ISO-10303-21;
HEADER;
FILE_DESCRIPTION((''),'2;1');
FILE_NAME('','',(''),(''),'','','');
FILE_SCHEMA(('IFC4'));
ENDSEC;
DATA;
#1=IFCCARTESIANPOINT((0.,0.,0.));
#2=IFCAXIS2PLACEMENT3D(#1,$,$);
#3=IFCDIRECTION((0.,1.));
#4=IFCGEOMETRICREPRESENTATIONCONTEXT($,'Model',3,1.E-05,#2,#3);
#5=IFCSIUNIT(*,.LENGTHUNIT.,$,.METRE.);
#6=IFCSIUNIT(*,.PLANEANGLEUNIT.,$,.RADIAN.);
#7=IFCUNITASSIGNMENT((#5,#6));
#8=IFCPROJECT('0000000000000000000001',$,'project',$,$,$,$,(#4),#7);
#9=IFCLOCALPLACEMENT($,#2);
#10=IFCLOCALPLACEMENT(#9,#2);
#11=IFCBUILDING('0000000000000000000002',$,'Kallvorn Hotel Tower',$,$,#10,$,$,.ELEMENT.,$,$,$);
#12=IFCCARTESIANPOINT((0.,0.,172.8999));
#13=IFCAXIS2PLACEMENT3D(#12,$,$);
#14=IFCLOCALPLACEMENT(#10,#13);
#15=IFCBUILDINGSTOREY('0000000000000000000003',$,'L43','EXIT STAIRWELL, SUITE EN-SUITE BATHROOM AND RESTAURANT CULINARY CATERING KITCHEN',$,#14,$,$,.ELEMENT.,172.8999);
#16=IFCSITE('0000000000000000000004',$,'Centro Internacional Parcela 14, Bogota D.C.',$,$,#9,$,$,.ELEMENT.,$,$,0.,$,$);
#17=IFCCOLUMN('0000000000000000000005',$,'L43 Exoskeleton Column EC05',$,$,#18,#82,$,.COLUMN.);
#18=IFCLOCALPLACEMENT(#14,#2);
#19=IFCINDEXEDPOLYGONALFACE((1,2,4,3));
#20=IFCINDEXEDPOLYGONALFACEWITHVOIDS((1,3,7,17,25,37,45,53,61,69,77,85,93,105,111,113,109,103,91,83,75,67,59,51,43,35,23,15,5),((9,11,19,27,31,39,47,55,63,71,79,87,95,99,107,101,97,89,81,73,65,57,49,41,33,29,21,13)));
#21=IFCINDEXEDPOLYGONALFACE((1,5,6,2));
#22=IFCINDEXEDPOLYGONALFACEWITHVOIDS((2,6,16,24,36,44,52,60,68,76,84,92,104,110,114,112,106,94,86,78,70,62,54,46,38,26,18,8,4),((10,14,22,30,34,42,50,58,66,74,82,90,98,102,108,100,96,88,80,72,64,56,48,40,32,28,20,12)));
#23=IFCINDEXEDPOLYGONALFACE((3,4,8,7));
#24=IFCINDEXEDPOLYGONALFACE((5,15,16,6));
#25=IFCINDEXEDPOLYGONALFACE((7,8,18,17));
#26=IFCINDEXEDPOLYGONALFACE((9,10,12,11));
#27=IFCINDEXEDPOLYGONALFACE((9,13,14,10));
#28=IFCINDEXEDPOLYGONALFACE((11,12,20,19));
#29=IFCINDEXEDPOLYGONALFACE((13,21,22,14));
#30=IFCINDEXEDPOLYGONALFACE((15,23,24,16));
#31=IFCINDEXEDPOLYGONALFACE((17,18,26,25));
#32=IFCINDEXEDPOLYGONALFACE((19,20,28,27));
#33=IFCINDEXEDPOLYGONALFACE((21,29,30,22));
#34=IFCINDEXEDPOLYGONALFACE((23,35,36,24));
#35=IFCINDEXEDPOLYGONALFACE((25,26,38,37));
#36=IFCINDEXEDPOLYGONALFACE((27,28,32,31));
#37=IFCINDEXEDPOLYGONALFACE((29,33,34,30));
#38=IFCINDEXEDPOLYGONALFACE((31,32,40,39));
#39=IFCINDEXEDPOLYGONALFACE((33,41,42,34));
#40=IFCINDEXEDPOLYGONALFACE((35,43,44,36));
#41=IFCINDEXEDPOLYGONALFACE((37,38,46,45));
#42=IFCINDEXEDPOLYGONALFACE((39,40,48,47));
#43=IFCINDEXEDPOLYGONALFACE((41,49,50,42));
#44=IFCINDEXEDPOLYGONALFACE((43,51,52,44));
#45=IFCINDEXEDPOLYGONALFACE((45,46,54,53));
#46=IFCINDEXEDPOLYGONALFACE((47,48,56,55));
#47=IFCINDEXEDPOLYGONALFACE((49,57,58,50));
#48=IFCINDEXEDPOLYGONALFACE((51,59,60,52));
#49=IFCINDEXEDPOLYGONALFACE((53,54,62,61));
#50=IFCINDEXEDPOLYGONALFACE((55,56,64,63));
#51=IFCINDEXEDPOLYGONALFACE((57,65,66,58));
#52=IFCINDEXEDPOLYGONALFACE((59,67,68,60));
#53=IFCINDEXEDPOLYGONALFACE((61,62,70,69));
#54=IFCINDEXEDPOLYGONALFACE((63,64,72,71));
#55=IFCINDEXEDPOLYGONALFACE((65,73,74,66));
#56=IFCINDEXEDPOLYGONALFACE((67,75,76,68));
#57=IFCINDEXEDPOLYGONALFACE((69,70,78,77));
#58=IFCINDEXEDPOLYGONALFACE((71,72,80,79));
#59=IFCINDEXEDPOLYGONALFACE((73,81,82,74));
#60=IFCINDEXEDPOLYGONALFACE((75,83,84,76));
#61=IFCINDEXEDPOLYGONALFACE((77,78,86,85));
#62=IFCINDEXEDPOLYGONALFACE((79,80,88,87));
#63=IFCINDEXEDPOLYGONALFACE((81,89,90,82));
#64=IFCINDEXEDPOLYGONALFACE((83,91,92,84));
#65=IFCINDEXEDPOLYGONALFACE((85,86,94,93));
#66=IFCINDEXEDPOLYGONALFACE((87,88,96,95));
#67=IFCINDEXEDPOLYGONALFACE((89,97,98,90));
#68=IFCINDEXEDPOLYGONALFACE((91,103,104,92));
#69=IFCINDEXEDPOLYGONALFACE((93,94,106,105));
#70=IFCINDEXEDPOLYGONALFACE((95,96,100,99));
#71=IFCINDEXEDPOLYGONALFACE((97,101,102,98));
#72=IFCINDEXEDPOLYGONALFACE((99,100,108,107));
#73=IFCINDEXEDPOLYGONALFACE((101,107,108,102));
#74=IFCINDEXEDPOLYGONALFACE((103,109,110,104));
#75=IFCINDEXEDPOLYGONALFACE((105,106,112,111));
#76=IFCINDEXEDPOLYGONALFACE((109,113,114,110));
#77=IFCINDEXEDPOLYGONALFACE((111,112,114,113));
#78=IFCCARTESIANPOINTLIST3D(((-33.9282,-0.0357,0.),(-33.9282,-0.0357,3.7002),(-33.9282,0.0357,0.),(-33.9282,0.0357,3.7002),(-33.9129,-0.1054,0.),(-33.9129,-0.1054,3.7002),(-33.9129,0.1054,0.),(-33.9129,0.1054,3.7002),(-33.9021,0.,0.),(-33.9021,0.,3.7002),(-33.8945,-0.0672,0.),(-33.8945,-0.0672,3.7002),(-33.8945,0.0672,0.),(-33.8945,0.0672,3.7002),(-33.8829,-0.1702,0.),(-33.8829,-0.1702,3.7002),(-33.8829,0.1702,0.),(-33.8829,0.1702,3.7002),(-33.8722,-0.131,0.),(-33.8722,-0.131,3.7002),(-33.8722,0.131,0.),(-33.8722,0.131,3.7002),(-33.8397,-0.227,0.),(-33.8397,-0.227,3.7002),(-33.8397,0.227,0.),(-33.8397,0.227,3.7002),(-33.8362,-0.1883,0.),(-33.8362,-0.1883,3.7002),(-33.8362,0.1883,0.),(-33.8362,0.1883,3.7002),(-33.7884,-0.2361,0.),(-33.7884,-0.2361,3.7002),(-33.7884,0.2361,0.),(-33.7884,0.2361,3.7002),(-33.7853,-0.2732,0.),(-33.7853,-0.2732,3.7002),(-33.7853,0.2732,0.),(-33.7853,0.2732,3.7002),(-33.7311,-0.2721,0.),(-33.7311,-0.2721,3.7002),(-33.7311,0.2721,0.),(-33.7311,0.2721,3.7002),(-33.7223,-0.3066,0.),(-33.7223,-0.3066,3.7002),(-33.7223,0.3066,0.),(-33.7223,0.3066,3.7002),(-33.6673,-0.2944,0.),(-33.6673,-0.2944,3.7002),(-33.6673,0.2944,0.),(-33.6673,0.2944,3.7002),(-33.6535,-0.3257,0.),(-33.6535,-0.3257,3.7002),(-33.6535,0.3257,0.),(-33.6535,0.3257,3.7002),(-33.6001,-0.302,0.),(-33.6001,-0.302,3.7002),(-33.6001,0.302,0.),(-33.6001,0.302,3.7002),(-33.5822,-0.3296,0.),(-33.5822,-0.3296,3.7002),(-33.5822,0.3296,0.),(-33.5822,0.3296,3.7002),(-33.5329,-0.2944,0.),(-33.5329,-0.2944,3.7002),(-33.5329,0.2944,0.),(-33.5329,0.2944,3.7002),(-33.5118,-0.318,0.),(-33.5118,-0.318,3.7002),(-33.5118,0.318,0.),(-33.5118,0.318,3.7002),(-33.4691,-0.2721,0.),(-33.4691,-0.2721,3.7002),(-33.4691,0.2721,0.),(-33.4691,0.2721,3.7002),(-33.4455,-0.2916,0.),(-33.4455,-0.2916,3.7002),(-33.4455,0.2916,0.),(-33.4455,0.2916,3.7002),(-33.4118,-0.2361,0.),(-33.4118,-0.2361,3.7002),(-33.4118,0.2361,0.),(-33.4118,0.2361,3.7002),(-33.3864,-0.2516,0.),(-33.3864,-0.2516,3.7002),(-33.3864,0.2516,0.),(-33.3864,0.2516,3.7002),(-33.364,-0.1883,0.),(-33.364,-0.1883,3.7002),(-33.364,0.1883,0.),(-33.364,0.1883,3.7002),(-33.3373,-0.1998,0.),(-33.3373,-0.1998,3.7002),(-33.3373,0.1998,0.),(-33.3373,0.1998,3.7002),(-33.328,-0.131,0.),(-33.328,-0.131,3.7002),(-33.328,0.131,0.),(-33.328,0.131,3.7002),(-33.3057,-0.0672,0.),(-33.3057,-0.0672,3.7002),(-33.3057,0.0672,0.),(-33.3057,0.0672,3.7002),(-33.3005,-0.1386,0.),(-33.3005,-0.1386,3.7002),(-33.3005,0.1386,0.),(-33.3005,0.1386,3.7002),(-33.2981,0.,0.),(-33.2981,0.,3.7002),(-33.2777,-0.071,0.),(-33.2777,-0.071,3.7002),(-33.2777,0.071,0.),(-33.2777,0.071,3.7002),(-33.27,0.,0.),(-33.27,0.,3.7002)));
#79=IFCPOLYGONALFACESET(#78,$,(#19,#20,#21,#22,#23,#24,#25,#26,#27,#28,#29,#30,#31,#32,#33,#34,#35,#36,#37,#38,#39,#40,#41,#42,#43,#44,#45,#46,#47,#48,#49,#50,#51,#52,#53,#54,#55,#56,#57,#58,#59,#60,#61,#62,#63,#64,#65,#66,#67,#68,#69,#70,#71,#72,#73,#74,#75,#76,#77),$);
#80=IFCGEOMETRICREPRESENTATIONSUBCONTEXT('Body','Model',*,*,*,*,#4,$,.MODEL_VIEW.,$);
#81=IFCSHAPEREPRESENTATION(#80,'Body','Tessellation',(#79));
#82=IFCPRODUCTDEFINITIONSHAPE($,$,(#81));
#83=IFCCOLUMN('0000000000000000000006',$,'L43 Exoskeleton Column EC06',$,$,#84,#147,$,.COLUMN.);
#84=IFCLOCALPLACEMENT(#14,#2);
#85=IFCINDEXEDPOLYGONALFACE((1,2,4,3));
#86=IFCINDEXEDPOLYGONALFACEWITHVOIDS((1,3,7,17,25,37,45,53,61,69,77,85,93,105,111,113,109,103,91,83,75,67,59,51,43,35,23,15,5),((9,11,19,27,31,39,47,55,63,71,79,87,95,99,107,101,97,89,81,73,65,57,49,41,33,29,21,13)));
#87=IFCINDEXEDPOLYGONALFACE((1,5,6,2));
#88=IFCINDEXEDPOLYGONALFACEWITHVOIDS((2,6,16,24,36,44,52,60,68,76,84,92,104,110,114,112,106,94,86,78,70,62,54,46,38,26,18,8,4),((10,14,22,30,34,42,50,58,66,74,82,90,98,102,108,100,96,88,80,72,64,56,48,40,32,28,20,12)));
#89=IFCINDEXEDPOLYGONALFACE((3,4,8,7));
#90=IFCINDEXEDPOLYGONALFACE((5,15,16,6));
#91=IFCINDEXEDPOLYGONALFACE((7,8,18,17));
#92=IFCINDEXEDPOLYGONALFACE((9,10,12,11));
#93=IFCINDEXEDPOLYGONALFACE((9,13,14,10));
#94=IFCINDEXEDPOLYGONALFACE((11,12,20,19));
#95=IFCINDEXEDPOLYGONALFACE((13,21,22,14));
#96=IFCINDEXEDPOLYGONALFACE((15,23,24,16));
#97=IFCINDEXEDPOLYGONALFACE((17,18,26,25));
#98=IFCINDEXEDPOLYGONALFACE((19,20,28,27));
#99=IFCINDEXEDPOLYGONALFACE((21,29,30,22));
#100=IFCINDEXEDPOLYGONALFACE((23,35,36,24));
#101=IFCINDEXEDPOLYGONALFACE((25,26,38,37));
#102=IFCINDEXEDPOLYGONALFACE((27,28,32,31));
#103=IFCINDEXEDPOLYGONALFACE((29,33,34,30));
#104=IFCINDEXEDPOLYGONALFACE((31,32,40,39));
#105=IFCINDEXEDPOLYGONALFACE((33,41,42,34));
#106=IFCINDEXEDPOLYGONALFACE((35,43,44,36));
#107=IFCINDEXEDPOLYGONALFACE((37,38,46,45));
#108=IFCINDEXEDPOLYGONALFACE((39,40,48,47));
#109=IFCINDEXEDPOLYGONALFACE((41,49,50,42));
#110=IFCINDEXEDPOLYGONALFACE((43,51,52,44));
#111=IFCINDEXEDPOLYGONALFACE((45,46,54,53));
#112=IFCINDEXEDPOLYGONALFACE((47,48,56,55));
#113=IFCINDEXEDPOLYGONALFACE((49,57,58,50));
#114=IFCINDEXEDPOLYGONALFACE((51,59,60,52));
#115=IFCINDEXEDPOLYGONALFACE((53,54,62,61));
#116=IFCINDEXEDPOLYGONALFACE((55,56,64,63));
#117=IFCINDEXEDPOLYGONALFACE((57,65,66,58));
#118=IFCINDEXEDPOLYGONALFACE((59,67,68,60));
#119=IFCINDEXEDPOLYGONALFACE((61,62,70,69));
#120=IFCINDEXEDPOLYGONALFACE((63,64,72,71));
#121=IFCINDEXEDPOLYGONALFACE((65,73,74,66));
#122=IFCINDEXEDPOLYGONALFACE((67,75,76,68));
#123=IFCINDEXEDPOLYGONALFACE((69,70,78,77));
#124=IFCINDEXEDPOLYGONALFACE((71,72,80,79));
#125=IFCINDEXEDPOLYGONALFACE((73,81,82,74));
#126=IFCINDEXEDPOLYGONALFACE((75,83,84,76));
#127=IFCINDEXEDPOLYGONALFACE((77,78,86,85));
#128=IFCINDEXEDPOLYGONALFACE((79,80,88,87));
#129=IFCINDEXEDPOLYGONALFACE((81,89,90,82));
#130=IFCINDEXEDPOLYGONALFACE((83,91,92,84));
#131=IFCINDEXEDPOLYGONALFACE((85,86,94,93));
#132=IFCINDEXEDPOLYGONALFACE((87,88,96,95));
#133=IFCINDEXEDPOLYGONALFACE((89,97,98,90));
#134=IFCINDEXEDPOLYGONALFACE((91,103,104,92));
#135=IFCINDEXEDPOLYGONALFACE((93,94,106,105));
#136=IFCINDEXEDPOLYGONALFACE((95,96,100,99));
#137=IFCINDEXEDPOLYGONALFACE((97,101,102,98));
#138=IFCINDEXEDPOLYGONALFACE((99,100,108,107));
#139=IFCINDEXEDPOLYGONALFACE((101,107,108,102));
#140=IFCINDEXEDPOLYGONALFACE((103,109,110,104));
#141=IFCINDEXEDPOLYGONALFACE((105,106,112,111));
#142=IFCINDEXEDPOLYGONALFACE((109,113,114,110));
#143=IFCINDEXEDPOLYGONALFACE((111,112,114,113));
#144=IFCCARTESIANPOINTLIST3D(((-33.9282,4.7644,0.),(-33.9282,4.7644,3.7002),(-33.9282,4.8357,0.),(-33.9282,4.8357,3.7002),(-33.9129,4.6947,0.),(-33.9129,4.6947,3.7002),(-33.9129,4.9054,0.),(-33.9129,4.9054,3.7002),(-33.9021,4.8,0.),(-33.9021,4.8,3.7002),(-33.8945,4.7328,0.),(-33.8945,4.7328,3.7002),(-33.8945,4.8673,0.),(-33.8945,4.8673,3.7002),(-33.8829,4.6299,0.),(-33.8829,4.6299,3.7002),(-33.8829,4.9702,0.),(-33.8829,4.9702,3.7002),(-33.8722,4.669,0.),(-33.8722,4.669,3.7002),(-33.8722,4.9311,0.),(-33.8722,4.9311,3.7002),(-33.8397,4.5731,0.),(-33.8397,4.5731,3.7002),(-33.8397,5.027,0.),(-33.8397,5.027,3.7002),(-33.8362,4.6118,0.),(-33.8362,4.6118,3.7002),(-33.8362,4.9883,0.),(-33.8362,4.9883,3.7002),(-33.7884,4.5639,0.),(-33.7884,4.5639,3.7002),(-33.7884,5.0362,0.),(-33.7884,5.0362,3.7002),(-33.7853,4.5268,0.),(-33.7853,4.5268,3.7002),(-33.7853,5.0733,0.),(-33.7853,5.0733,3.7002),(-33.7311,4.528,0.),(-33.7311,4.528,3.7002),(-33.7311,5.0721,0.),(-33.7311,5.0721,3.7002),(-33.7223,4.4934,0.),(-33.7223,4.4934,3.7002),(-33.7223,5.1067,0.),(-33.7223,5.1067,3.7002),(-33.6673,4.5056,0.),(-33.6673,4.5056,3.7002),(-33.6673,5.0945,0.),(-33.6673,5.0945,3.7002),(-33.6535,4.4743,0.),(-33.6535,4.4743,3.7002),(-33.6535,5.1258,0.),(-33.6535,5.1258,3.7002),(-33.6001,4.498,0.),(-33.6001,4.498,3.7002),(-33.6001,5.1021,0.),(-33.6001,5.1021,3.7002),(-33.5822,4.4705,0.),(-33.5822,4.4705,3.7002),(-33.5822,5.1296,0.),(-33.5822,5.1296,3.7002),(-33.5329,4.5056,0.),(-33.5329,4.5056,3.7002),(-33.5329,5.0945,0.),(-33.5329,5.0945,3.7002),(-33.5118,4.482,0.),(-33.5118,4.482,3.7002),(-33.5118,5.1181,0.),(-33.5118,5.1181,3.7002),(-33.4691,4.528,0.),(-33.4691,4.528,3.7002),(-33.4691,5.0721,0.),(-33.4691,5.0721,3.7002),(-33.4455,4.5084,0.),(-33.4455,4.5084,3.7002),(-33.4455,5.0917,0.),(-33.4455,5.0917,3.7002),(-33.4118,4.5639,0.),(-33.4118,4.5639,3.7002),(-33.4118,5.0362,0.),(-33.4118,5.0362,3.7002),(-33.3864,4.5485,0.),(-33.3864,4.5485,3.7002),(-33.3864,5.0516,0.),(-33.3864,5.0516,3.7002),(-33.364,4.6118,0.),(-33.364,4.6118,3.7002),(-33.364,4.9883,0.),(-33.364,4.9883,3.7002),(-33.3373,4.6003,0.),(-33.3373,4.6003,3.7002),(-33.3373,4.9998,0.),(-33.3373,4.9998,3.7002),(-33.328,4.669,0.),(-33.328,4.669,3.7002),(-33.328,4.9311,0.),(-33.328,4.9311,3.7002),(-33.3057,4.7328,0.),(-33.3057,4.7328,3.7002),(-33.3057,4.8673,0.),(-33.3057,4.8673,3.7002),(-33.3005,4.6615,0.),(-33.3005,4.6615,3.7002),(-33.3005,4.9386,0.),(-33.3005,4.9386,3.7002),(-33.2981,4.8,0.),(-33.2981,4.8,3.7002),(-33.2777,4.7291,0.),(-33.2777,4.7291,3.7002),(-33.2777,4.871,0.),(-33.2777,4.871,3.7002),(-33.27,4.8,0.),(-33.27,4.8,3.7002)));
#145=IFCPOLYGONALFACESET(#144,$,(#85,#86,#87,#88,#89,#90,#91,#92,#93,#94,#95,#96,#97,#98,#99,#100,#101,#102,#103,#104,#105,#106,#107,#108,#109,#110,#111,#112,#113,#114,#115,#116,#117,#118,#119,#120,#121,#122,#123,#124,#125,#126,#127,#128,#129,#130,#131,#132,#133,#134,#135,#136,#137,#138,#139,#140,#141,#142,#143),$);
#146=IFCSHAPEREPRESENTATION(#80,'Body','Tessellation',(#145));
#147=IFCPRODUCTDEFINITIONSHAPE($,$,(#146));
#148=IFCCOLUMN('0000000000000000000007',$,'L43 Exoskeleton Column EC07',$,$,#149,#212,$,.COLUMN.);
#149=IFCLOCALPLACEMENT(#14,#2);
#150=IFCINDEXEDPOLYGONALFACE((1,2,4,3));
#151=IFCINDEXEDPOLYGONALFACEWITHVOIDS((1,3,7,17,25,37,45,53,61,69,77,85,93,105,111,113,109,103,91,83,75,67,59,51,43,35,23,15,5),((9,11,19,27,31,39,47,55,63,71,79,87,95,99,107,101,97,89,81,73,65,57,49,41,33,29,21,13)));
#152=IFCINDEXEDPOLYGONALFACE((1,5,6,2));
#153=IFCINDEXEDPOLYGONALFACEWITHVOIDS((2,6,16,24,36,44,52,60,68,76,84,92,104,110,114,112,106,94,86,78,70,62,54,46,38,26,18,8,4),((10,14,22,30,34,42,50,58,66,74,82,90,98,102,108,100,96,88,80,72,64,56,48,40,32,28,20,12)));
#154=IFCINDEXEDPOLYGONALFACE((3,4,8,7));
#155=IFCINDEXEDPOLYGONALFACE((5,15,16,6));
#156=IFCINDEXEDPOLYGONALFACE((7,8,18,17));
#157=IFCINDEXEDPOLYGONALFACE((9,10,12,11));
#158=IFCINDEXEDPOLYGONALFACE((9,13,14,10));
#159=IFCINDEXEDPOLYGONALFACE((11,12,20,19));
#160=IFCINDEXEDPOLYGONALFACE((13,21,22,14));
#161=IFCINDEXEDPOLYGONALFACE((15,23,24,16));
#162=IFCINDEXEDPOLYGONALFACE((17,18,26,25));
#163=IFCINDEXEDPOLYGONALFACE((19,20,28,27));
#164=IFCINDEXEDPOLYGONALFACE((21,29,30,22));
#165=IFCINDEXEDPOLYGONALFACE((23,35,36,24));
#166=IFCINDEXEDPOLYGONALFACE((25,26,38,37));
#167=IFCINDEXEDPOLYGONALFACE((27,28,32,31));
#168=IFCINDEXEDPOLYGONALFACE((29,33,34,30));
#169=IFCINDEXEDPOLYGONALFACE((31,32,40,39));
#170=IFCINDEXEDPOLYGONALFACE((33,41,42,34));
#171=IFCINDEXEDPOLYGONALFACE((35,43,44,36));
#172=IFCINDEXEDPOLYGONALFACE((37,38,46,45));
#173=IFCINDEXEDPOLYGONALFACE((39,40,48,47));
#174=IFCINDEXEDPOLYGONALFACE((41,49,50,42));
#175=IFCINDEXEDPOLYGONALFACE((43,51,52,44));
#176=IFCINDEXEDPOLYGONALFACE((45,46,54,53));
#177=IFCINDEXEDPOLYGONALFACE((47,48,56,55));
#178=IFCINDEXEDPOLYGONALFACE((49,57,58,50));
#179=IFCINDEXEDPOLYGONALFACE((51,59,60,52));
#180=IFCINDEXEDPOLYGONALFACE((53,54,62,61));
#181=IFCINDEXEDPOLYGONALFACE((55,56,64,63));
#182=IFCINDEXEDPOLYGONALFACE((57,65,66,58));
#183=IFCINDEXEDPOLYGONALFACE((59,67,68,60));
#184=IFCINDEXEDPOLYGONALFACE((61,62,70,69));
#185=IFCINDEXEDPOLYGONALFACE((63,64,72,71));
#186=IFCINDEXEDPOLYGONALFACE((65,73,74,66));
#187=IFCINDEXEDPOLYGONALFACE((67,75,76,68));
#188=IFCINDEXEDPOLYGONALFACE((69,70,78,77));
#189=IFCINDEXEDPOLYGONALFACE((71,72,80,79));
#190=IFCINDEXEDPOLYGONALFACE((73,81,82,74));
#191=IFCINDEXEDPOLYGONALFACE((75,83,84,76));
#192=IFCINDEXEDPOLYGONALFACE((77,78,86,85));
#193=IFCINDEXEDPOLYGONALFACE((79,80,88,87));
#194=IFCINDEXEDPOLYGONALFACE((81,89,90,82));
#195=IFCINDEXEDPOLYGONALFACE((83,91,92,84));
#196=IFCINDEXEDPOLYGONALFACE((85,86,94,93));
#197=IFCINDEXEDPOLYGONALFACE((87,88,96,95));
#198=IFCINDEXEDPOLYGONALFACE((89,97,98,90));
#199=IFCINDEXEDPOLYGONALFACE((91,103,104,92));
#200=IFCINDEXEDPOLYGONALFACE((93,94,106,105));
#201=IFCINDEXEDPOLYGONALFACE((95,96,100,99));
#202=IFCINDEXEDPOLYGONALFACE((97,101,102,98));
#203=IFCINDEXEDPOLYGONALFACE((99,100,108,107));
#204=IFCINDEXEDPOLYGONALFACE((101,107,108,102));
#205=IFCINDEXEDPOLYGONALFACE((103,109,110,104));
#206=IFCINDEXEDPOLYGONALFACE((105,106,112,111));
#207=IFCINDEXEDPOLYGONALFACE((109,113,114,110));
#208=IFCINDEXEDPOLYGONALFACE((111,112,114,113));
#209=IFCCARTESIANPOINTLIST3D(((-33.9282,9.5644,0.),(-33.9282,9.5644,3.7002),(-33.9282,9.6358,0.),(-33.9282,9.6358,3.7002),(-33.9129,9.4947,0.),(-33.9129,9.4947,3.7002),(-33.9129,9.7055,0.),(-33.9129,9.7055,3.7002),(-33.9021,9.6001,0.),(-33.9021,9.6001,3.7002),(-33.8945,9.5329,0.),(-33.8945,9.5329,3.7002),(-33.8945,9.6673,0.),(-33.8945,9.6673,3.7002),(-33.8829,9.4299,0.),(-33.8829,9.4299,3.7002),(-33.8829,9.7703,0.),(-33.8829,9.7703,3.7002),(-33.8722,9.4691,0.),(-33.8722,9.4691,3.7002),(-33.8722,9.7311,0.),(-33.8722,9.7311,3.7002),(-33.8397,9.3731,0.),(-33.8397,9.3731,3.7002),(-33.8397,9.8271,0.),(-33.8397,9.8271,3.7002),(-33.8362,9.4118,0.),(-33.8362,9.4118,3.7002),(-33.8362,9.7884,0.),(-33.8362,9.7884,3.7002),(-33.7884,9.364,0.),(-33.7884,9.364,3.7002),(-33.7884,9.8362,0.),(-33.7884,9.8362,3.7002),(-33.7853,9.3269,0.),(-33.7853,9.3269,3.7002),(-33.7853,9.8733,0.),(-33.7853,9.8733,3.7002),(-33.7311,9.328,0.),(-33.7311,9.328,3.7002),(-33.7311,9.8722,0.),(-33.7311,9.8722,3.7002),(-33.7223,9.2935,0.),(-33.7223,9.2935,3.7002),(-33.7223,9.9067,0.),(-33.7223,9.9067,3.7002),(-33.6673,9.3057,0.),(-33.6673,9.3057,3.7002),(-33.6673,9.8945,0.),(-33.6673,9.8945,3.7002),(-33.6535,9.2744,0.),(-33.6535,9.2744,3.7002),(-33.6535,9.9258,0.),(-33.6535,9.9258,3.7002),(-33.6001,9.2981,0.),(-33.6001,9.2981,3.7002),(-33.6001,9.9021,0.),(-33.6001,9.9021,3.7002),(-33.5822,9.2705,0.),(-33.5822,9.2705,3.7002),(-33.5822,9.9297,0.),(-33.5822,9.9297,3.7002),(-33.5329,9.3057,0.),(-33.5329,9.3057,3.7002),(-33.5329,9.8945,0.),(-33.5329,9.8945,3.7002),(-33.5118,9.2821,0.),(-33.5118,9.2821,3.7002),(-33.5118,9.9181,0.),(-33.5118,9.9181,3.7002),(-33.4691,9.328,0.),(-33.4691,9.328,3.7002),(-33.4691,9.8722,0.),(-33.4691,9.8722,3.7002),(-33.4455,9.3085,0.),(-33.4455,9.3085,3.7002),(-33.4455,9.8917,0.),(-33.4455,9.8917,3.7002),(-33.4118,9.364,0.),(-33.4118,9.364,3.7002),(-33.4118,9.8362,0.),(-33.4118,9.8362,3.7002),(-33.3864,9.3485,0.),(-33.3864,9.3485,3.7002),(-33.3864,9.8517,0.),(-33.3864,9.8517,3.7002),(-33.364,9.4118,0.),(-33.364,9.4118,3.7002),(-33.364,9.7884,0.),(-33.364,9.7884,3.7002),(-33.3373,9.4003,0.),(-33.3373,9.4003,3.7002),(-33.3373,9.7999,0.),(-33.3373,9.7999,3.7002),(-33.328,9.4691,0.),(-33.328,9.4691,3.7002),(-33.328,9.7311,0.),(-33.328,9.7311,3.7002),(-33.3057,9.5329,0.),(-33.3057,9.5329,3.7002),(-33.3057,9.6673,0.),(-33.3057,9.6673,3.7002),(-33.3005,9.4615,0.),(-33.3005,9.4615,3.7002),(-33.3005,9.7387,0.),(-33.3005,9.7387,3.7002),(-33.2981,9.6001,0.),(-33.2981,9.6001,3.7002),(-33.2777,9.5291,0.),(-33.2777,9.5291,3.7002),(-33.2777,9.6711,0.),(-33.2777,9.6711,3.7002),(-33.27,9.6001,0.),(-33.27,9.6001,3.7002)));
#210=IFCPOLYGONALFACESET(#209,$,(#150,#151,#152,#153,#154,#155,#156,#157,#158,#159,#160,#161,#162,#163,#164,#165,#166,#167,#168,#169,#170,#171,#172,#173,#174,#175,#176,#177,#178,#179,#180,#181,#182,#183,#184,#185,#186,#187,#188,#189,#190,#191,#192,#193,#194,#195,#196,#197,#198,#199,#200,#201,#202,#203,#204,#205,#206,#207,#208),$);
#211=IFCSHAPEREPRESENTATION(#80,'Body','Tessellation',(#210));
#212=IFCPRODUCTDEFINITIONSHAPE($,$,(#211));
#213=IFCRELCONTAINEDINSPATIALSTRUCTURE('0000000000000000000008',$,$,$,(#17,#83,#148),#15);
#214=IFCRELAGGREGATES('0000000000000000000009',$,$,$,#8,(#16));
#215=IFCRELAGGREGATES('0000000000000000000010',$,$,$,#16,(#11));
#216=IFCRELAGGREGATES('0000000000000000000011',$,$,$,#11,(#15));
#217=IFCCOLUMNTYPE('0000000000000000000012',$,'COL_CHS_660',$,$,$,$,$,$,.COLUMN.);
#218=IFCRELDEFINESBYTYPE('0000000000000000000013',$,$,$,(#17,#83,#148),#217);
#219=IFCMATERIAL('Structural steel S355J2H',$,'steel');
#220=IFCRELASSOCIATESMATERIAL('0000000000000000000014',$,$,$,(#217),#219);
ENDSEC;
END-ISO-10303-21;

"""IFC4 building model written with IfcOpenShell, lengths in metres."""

from ifc_helpers import new_model, si_unit, direction, frame, origin, origin_2d, place, context, subcontext, project, spatial, hollow_circle, extrude, material, material_profile, profile_set, type_object, element, save


model = new_model("IFC4")

# Units and contexts
model_context = context("Model", 3, precision=1e-05, world=origin(), true_north=direction((0.0, 1.0)))
body_context = subcontext(model_context, "Body", "Model", "MODEL_VIEW")
ifc_project = project(units=[si_unit("LENGTHUNIT", "METRE"), si_unit("PLANEANGLEUNIT", "RADIAN")], contexts=[model_context])

# Site, building, storey
site_placement = place(None, origin())
site = spatial("IfcSite", under=ifc_project, at=site_placement, Name="Centro Internacional Parcela 14, Bogota D.C.", CompositionType="ELEMENT", RefElevation=0.0)
building_placement = place(site_placement, origin())
building = spatial("IfcBuilding", under=site, at=building_placement, Name="Kallvorn Hotel Tower", CompositionType="ELEMENT")
storey_placement = place(building_placement, frame((0.0, 0.0, 172.8999)))
storey = spatial("IfcBuildingStorey", under=building, at=storey_placement, Name="L43", Description="EXIT STAIRWELL, SUITE EN-SUITE BATHROOM AND RESTAURANT CULINARY CATERING KITCHEN", CompositionType="ELEMENT", Elevation=172.8999)

# Columns
ifc_material_1 = material(Name="Structural steel S355J2H", Category="steel")
ifc_material_profile_1 = material_profile(ifc_material_1, hollow_circle(Radius=0.3301, WallThickness=0.0281, at=origin_2d()), Name="CHS 660x28")
ifc_profile_set_1 = profile_set([ifc_material_profile_1], Name="Structural steel S355J2H")
column_type_1 = type_object("IfcColumnType", Name="COL_CHS_660", PredefinedType="COLUMN", material=ifc_profile_set_1)
for number, where, z_axis, x_axis, name in (
    (1, (-33.6001, 0.0, 0.0), (0.0, 0.0, 1.0), (1.0, 0.0, 0.0), "L43 Exoskeleton Column EC05"),
    (2, (-33.6001, 4.8, 0.0), (0.0, 0.0, 1.0), (1.0, 0.0, 0.0), "L43 Exoskeleton Column EC06"),
    (3, (-33.6001, 9.6001, 0.0), (0.0, 0.0, 1.0), (1.0, 0.0, 0.0), "L43 Exoskeleton Column EC07"),
):
    element("IfcColumn", number, at=place(storey_placement, frame(where, z_axis=z_axis, x_axis=x_axis)), inside=storey, type_object=column_type_1, Name=name, PredefinedType="COLUMN", context=body_context, shape_type="SweptSolid", body=[
        extrude(hollow_circle(Radius=0.3301, WallThickness=0.0281, at=origin_2d()), origin(), (0.0, 0.0, 1.0), 3.7002),
    ])

save(model, "model.ifc")
